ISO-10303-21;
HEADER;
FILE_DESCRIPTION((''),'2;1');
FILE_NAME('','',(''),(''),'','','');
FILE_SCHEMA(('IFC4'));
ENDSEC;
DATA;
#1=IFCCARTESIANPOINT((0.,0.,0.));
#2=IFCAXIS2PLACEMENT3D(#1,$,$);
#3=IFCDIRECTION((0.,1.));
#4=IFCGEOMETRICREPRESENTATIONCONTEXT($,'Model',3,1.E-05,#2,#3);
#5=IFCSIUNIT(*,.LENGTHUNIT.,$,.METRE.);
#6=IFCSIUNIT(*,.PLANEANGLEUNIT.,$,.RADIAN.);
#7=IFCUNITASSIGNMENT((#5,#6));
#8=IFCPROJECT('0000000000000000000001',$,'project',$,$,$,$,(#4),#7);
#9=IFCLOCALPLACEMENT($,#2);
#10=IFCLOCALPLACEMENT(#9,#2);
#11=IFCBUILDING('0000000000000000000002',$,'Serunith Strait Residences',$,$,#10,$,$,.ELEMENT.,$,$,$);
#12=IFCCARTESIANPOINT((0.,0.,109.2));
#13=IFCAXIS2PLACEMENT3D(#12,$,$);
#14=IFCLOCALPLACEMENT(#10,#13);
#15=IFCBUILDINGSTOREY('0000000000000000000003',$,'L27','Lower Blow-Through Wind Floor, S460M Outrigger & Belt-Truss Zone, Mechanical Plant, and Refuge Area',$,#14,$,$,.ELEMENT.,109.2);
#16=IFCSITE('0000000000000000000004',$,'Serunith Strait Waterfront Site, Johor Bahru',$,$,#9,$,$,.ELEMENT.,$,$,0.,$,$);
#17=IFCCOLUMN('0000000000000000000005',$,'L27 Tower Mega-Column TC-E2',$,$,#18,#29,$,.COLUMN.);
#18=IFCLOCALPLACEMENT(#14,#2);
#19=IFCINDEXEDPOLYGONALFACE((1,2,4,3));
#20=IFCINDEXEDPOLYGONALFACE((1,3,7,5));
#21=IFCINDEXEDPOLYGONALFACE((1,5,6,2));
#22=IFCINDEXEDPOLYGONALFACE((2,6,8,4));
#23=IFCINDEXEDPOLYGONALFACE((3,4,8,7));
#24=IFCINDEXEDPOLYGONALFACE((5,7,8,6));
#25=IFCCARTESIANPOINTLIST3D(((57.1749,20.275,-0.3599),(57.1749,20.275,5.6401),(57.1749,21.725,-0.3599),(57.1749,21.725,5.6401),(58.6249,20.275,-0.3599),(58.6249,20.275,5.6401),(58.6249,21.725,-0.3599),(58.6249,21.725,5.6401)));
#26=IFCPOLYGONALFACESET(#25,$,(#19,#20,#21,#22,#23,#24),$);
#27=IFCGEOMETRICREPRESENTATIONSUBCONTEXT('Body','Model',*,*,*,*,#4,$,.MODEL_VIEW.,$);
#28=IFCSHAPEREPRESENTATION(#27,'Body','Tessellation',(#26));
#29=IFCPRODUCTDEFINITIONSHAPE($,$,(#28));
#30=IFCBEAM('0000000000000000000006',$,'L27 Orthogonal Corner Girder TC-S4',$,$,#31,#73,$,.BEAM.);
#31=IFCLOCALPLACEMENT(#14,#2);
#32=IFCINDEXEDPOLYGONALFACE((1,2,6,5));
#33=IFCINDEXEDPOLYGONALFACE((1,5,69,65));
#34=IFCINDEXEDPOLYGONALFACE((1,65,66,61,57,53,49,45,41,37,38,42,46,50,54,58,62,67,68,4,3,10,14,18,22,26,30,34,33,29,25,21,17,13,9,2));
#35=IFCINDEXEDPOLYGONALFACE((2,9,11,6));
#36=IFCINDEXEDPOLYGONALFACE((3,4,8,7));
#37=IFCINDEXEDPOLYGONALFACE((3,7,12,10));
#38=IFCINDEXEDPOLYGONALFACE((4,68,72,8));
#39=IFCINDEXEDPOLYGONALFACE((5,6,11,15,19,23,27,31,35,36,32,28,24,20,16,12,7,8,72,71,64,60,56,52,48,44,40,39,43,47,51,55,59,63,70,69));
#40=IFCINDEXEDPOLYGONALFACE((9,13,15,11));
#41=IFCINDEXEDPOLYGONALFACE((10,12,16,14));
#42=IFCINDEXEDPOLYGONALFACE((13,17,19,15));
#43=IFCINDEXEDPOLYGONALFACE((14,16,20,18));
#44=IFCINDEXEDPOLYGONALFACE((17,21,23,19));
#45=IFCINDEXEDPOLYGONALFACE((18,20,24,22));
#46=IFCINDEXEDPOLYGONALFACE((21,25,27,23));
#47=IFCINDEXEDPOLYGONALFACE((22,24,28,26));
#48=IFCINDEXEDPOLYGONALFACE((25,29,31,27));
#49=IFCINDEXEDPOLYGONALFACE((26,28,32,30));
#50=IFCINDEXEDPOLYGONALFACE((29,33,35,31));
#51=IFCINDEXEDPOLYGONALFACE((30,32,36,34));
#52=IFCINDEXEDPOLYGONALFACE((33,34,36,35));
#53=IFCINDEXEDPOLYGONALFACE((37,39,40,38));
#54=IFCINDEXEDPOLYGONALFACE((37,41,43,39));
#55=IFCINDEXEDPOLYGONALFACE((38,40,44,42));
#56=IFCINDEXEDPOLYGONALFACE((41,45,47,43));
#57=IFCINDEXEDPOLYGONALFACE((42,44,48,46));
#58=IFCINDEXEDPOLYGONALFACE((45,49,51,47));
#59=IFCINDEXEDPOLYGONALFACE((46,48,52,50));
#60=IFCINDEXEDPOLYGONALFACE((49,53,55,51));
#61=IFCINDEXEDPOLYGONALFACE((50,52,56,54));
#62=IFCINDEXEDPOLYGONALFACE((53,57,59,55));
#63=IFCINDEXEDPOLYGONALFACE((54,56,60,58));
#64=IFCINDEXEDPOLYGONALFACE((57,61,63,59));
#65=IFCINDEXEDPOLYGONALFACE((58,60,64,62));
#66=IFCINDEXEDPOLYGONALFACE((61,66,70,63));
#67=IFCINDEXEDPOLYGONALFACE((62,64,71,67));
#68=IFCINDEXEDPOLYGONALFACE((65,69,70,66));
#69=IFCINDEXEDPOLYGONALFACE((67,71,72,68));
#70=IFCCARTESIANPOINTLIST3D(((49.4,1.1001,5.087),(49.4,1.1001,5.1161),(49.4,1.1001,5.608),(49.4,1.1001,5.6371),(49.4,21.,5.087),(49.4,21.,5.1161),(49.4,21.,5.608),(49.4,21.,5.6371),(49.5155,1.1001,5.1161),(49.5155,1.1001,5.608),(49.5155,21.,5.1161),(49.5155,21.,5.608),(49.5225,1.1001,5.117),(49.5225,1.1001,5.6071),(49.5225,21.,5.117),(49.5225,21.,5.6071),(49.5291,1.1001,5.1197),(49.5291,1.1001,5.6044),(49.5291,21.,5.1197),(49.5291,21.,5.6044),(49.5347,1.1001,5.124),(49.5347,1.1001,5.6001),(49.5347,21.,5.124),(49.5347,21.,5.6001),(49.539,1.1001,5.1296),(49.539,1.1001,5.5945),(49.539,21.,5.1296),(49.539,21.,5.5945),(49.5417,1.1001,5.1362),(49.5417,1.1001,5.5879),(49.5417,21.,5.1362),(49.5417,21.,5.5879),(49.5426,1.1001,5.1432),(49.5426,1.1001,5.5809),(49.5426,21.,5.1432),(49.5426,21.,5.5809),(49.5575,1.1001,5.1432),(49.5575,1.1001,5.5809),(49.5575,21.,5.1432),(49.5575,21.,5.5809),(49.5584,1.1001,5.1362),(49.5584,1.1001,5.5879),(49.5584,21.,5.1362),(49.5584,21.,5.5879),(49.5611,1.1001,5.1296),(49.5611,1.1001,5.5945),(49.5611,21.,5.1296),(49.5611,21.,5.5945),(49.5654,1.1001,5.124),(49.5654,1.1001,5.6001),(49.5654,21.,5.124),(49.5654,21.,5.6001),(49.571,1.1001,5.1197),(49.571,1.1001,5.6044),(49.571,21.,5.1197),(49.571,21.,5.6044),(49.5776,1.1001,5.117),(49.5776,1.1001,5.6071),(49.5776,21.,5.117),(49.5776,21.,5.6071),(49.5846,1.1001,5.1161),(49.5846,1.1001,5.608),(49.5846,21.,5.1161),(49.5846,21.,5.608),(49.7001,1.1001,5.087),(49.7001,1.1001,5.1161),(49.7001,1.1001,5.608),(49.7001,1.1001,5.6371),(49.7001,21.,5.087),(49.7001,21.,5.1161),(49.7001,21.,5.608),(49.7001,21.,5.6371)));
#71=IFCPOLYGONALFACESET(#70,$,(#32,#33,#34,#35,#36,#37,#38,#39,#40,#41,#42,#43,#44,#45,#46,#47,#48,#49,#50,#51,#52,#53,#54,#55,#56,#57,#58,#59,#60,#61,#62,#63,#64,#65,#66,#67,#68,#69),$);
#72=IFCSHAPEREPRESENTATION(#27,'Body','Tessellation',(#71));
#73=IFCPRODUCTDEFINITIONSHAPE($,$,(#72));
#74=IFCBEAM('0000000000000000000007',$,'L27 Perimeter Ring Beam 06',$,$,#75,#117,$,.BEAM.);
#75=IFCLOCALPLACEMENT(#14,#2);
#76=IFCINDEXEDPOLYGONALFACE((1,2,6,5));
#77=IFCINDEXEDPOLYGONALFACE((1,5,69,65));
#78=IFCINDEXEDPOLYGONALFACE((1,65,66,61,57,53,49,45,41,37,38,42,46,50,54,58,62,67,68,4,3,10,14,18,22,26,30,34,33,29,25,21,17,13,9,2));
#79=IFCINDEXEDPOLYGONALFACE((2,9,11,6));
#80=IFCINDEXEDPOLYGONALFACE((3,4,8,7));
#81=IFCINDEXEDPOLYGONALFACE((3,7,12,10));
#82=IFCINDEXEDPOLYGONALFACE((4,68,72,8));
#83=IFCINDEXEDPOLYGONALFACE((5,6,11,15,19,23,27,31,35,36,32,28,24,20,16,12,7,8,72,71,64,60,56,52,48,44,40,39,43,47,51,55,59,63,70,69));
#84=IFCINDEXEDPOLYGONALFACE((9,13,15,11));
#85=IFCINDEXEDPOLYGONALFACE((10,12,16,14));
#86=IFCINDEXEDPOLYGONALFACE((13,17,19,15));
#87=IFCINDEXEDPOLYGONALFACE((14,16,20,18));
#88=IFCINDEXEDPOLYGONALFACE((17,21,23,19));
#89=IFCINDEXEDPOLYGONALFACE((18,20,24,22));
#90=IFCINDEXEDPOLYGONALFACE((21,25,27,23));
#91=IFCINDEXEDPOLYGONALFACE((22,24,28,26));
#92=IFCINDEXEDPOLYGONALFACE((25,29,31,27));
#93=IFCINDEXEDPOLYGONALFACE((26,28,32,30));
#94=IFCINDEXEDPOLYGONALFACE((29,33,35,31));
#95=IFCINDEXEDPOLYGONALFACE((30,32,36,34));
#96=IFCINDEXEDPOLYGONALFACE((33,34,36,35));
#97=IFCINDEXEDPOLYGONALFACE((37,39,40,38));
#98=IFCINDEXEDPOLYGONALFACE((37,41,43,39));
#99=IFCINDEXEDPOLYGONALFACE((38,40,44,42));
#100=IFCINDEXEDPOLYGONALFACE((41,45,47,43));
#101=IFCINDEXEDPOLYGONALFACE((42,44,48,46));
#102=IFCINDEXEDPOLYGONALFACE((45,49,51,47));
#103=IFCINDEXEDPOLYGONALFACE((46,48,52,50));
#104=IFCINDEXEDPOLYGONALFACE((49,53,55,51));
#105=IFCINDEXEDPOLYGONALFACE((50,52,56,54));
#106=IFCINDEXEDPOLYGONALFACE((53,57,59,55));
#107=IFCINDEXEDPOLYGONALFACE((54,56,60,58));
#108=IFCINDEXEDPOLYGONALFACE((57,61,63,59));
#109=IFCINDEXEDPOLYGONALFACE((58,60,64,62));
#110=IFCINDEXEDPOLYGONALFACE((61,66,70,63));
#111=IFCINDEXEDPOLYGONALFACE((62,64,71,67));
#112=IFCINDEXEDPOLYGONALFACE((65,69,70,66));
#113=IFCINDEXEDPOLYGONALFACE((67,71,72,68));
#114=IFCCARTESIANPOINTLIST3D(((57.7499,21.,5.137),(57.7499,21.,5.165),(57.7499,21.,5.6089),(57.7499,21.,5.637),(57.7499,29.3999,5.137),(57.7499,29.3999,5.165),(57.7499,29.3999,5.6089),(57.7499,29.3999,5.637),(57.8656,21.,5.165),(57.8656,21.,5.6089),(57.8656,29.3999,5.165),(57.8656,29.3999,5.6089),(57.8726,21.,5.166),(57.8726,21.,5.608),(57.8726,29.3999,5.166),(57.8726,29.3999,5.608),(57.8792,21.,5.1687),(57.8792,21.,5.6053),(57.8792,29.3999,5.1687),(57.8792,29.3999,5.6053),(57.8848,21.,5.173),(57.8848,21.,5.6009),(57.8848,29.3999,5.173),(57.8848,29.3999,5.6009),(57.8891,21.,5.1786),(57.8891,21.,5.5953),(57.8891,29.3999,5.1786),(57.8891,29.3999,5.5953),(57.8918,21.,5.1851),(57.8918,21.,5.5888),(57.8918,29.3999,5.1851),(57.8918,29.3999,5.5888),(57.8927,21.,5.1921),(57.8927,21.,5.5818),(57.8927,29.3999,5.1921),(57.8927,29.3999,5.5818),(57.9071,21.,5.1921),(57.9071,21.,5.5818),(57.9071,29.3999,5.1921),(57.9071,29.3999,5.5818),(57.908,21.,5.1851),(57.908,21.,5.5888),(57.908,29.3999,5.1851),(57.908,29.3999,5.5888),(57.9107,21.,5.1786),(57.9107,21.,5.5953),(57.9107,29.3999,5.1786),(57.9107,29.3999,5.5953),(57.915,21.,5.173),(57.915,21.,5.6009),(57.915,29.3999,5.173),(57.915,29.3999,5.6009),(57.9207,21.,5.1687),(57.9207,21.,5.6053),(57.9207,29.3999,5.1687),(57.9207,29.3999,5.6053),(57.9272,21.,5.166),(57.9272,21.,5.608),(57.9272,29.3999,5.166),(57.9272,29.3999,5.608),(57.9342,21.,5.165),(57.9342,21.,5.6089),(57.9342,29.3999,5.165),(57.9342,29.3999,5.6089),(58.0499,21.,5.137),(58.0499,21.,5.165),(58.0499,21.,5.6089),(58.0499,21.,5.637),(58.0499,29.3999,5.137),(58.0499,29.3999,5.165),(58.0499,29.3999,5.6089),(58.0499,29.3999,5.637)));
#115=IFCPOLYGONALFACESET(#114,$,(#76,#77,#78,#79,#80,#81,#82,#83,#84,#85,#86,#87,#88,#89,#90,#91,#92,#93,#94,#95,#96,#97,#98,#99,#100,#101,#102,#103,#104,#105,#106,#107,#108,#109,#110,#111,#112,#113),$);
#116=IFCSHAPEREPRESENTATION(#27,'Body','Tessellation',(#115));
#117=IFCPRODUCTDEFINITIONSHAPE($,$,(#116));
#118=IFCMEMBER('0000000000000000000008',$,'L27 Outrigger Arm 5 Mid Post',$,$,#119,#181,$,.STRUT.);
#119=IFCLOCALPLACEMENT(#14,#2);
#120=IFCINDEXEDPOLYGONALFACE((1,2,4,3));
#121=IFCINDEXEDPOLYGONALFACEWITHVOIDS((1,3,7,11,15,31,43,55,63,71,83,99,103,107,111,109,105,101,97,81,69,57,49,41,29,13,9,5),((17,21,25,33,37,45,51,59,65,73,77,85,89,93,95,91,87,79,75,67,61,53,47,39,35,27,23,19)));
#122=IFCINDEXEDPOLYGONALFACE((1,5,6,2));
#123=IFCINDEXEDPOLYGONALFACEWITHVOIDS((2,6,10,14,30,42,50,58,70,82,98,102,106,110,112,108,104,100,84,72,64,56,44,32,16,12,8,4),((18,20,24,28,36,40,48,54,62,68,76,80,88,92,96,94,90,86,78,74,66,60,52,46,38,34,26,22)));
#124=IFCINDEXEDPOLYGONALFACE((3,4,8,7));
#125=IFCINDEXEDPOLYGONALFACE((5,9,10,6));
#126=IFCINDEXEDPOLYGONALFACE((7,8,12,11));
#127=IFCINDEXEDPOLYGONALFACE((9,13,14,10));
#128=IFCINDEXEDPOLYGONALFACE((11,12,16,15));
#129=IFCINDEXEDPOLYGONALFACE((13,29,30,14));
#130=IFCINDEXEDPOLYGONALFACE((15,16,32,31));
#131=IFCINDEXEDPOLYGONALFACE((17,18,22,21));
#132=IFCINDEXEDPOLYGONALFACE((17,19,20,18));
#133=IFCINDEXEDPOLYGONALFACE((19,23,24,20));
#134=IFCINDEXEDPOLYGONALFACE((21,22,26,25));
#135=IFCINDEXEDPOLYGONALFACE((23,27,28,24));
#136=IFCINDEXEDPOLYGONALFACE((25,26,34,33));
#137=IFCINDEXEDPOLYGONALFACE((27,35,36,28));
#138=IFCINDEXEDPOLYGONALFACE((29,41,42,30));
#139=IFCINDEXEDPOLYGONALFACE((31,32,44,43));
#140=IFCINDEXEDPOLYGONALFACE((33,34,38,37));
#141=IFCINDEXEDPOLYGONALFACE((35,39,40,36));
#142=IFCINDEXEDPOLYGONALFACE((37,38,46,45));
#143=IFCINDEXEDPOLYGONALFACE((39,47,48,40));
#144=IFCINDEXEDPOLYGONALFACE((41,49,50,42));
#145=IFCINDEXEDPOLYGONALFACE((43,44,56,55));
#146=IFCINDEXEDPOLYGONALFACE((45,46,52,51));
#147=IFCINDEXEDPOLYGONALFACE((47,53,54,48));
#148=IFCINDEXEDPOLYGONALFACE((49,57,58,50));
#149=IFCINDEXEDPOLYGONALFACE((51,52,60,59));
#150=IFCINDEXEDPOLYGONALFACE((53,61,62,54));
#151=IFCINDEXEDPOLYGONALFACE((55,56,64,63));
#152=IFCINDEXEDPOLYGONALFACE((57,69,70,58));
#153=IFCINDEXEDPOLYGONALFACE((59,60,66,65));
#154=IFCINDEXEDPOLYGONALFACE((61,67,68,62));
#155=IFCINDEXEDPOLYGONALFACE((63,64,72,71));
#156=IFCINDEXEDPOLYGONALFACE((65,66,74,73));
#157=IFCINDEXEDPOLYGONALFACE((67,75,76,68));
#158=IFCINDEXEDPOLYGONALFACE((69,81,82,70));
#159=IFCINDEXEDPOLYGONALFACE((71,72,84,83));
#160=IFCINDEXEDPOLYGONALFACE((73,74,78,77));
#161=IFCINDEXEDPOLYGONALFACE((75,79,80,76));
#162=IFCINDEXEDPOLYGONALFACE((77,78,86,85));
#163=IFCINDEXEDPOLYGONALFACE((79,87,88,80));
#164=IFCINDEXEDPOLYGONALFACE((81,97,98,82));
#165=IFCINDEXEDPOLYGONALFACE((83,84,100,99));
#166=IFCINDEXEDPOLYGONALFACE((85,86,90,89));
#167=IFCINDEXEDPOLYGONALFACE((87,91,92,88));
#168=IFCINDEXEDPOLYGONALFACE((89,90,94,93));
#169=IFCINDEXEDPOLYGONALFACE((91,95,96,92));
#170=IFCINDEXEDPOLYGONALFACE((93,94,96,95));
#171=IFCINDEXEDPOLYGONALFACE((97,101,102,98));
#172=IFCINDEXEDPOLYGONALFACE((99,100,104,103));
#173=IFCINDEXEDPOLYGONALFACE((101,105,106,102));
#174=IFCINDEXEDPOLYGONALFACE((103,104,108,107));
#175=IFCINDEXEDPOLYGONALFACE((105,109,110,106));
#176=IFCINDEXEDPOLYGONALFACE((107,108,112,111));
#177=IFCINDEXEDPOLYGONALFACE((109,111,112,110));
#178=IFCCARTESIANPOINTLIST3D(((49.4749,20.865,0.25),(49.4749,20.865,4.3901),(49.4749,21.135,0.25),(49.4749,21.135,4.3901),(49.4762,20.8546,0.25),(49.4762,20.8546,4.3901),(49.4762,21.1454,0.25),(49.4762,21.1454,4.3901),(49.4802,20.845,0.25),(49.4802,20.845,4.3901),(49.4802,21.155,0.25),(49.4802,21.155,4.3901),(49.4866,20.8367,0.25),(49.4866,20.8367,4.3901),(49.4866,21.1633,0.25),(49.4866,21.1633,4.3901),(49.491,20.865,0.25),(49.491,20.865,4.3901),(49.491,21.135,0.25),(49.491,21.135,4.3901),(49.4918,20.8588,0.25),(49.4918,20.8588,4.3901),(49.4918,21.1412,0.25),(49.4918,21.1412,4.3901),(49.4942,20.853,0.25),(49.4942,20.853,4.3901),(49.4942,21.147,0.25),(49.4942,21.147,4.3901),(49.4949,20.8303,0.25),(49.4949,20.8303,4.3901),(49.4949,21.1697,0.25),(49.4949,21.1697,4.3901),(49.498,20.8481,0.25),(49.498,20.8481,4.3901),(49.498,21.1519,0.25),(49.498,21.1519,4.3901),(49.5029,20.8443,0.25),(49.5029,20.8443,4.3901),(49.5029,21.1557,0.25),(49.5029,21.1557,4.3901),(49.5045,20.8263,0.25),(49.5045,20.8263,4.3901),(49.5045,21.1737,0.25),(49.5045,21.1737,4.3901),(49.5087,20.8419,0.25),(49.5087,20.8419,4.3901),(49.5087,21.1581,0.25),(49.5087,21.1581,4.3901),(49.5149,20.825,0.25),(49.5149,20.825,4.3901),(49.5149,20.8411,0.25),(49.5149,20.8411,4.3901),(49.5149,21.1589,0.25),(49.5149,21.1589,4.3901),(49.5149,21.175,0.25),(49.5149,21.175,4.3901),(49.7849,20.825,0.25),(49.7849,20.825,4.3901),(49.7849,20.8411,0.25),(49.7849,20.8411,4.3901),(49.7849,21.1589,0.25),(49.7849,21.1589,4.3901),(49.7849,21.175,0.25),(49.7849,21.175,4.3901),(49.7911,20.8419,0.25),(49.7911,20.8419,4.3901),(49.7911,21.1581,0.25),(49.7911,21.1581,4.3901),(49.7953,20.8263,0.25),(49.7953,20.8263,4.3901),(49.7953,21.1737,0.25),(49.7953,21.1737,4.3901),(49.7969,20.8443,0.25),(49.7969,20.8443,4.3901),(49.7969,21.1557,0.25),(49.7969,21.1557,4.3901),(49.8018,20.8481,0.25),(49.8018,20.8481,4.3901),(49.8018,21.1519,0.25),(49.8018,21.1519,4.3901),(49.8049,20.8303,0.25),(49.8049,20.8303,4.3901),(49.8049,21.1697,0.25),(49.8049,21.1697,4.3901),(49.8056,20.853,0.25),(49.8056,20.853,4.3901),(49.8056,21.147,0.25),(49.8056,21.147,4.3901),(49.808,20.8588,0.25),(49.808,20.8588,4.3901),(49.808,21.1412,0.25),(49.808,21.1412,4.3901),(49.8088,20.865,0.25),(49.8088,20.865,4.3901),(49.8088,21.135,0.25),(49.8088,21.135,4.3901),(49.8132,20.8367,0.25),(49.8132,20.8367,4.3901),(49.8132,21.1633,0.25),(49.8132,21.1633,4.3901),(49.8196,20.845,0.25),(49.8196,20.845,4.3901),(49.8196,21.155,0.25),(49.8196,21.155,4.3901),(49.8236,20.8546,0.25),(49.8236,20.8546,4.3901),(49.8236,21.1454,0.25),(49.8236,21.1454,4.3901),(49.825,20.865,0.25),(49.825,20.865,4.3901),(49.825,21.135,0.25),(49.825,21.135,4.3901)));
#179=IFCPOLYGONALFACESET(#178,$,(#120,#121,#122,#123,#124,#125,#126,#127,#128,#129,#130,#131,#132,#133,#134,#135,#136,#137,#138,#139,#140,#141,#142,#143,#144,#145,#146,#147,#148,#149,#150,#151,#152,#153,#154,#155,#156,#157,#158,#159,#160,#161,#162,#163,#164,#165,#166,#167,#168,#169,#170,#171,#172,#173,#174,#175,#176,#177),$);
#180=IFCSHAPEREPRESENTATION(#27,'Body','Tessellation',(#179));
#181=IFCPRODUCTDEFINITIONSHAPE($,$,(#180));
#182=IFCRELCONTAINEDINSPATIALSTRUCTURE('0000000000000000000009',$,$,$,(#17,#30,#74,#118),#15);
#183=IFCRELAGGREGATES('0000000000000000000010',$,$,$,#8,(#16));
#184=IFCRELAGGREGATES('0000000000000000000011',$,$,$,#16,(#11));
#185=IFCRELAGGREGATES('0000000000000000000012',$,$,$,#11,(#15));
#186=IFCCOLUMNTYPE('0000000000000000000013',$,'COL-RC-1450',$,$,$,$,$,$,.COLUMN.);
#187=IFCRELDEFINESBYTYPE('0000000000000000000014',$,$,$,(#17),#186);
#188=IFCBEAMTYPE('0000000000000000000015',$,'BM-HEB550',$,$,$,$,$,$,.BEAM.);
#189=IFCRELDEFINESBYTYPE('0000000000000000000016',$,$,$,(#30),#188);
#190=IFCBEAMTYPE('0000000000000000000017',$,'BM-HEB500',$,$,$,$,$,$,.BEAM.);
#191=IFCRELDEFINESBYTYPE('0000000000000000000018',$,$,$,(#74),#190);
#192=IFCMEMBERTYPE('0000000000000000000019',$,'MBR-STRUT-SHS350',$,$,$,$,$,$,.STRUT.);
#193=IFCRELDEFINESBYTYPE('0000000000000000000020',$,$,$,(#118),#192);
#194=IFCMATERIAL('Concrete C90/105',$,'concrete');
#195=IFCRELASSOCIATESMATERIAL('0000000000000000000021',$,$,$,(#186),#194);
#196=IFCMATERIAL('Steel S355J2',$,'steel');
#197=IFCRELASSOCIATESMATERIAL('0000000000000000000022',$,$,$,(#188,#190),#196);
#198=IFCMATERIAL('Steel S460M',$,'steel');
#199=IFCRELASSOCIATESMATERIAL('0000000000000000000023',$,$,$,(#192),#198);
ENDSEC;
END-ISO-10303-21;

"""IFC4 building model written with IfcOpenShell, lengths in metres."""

from ifc_helpers import new_model, si_unit, direction, frame, origin, origin_2d, place, context, subcontext, project, spatial, rectangle, hollow_rectangle, i_section, extrude, source, transform, mapped, material, material_profile, profile_set, type_object, element, save


model = new_model("IFC4")

# Units and contexts
model_context = context("Model", 3, precision=1e-05, world=origin(), true_north=direction((0.0, 1.0)))
body_context = subcontext(model_context, "Body", "Model", "MODEL_VIEW")
ifc_project = project(units=[si_unit("LENGTHUNIT", "METRE"), si_unit("PLANEANGLEUNIT", "RADIAN")], contexts=[model_context])

# Site, building, storey
site_placement = place(None, origin())
site = spatial("IfcSite", under=ifc_project, at=site_placement, Name="Serunith Strait Waterfront Site, Johor Bahru", CompositionType="ELEMENT", RefElevation=0.0)
building_placement = place(site_placement, origin())
building = spatial("IfcBuilding", under=site, at=building_placement, Name="Serunith Strait Residences", CompositionType="ELEMENT")
storey_placement = place(building_placement, frame((0.0, 0.0, 109.2)))
storey = spatial("IfcBuildingStorey", under=building, at=storey_placement, Name="L27", Description="Lower Blow-Through Wind Floor, S460M Outrigger & Belt-Truss Zone, Mechanical Plant, and Refuge Area", CompositionType="ELEMENT", Elevation=109.2)

# Column
ifc_material_1 = material(Name="Concrete C90/105", Category="concrete")
ifc_material_profile_1 = material_profile(ifc_material_1, rectangle(XDim=1.45, YDim=1.45, at=origin_2d()), Name="RC 1450x1450")
ifc_profile_set_1 = profile_set([ifc_material_profile_1], Name="Concrete C90/105")
column_type = type_object("IfcColumnType", Name="COL-RC-1450", PredefinedType="COLUMN", material=ifc_profile_set_1)
shared_shape_1 = source(origin(), body_context, "Body", "SweptSolid", [
    extrude(rectangle(XDim=1.45, YDim=1.45, at=origin_2d()), origin(), (0.0, 0.0, 1.0), 6.0),
])
column_placement = place(storey_placement, frame((57.8999, 21.0, -0.3599), z_axis=(0.0, 0.0, 1.0), x_axis=(1.0, 0.0, 0.0)))
element("IfcColumn", 1, at=column_placement, inside=storey, type_object=column_type, Name="L27 Tower Mega-Column TC-E2", PredefinedType="COLUMN", context=body_context, shape_type="MappedRepresentation", body=[
    mapped(shared_shape_1, transform((0.0, 0.0, 0.0), scale=1.0)),
])

# Beams
ifc_material_2 = material(Name="Steel S355J2", Category="steel")
ifc_material_profile_2 = material_profile(ifc_material_2, i_section(OverallWidth=0.3, OverallDepth=0.55, WebThickness=0.0149, FlangeThickness=0.0291, FilletRadius=0.0271, at=origin_2d()), Name="HEB 550")
ifc_profile_set_2 = profile_set([ifc_material_profile_2], Name="Steel S355J2")
beam_type_1 = type_object("IfcBeamType", Name="BM-HEB550", PredefinedType="BEAM", material=ifc_profile_set_2)
shared_shape_2 = source(origin(), body_context, "Body", "SweptSolid", [
    extrude(i_section(OverallWidth=0.3, OverallDepth=0.55, WebThickness=0.0149, FlangeThickness=0.0291, FilletRadius=0.0271, at=origin_2d()), origin(), (0.0, 0.0, 1.0), 19.8999),
])
beam_1_placement = place(storey_placement, frame((49.55, 21.0, 5.3621), z_axis=(0.0, -1.0, 0.0), x_axis=(1.0, 0.0, 0.0)))
element("IfcBeam", 2, at=beam_1_placement, inside=storey, type_object=beam_type_1, Name="L27 Orthogonal Corner Girder TC-S4", PredefinedType="BEAM", context=body_context, shape_type="MappedRepresentation", body=[
    mapped(shared_shape_2, transform((0.0, 0.0, 0.0), scale=1.0)),
])
ifc_material_profile_3 = material_profile(ifc_material_2, i_section(OverallWidth=0.3, OverallDepth=0.5, WebThickness=0.0144, FlangeThickness=0.0281, FilletRadius=0.0271, at=origin_2d()), Name="HEB 500")
ifc_profile_set_3 = profile_set([ifc_material_profile_3], Name="Steel S355J2")
beam_type_2 = type_object("IfcBeamType", Name="BM-HEB500", PredefinedType="BEAM", material=ifc_profile_set_3)
shared_shape_3 = source(origin(), body_context, "Body", "SweptSolid", [
    extrude(i_section(OverallWidth=0.3, OverallDepth=0.5, WebThickness=0.0144, FlangeThickness=0.0281, FilletRadius=0.0271, at=origin_2d()), origin(), (0.0, 0.0, 1.0), 8.3999),
])
beam_2_placement = place(storey_placement, frame((57.8999, 21.0, 5.387), z_axis=(0.0, 1.0, 0.0), x_axis=(-1.0, 0.0, 0.0)))
element("IfcBeam", 3, at=beam_2_placement, inside=storey, type_object=beam_type_2, Name="L27 Perimeter Ring Beam 06", PredefinedType="BEAM", context=body_context, shape_type="MappedRepresentation", body=[
    mapped(shared_shape_3, transform((0.0, 0.0, 0.0), scale=1.0)),
])

# Member
ifc_material_3 = material(Name="Steel S460M", Category="steel")
ifc_material_profile_4 = material_profile(ifc_material_3, hollow_rectangle(XDim=0.3501, YDim=0.3501, WallThickness=0.0161, InnerFilletRadius=0.0239, OuterFilletRadius=0.04, at=origin_2d()), Name="SHS 350x350x16")
ifc_profile_set_4 = profile_set([ifc_material_profile_4], Name="Steel S460M")
member_type_1 = type_object("IfcMemberType", Name="MBR-STRUT-SHS350", PredefinedType="STRUT", material=ifc_profile_set_4)
shared_shape_4 = source(origin(), body_context, "Body", "SweptSolid", [
    extrude(hollow_rectangle(XDim=0.3501, YDim=0.3501, WallThickness=0.0161, InnerFilletRadius=0.0239, OuterFilletRadius=0.04, at=origin_2d()), origin(), (0.0, 0.0, 1.0), 4.1401),
])
member_1_placement = place(storey_placement, frame((49.6499, 21.0, 0.25), z_axis=(0.0, 0.0, 1.0), x_axis=(1.0, 0.0, 0.0)))
element("IfcMember", 4, at=member_1_placement, inside=storey, type_object=member_type_1, Name="L27 Outrigger Arm 5 Mid Post", PredefinedType="STRUT", context=body_context, shape_type="MappedRepresentation", body=[
    mapped(shared_shape_4, transform((0.0, 0.0, 0.0), scale=1.0)),
])

save(model, "model.ifc")
